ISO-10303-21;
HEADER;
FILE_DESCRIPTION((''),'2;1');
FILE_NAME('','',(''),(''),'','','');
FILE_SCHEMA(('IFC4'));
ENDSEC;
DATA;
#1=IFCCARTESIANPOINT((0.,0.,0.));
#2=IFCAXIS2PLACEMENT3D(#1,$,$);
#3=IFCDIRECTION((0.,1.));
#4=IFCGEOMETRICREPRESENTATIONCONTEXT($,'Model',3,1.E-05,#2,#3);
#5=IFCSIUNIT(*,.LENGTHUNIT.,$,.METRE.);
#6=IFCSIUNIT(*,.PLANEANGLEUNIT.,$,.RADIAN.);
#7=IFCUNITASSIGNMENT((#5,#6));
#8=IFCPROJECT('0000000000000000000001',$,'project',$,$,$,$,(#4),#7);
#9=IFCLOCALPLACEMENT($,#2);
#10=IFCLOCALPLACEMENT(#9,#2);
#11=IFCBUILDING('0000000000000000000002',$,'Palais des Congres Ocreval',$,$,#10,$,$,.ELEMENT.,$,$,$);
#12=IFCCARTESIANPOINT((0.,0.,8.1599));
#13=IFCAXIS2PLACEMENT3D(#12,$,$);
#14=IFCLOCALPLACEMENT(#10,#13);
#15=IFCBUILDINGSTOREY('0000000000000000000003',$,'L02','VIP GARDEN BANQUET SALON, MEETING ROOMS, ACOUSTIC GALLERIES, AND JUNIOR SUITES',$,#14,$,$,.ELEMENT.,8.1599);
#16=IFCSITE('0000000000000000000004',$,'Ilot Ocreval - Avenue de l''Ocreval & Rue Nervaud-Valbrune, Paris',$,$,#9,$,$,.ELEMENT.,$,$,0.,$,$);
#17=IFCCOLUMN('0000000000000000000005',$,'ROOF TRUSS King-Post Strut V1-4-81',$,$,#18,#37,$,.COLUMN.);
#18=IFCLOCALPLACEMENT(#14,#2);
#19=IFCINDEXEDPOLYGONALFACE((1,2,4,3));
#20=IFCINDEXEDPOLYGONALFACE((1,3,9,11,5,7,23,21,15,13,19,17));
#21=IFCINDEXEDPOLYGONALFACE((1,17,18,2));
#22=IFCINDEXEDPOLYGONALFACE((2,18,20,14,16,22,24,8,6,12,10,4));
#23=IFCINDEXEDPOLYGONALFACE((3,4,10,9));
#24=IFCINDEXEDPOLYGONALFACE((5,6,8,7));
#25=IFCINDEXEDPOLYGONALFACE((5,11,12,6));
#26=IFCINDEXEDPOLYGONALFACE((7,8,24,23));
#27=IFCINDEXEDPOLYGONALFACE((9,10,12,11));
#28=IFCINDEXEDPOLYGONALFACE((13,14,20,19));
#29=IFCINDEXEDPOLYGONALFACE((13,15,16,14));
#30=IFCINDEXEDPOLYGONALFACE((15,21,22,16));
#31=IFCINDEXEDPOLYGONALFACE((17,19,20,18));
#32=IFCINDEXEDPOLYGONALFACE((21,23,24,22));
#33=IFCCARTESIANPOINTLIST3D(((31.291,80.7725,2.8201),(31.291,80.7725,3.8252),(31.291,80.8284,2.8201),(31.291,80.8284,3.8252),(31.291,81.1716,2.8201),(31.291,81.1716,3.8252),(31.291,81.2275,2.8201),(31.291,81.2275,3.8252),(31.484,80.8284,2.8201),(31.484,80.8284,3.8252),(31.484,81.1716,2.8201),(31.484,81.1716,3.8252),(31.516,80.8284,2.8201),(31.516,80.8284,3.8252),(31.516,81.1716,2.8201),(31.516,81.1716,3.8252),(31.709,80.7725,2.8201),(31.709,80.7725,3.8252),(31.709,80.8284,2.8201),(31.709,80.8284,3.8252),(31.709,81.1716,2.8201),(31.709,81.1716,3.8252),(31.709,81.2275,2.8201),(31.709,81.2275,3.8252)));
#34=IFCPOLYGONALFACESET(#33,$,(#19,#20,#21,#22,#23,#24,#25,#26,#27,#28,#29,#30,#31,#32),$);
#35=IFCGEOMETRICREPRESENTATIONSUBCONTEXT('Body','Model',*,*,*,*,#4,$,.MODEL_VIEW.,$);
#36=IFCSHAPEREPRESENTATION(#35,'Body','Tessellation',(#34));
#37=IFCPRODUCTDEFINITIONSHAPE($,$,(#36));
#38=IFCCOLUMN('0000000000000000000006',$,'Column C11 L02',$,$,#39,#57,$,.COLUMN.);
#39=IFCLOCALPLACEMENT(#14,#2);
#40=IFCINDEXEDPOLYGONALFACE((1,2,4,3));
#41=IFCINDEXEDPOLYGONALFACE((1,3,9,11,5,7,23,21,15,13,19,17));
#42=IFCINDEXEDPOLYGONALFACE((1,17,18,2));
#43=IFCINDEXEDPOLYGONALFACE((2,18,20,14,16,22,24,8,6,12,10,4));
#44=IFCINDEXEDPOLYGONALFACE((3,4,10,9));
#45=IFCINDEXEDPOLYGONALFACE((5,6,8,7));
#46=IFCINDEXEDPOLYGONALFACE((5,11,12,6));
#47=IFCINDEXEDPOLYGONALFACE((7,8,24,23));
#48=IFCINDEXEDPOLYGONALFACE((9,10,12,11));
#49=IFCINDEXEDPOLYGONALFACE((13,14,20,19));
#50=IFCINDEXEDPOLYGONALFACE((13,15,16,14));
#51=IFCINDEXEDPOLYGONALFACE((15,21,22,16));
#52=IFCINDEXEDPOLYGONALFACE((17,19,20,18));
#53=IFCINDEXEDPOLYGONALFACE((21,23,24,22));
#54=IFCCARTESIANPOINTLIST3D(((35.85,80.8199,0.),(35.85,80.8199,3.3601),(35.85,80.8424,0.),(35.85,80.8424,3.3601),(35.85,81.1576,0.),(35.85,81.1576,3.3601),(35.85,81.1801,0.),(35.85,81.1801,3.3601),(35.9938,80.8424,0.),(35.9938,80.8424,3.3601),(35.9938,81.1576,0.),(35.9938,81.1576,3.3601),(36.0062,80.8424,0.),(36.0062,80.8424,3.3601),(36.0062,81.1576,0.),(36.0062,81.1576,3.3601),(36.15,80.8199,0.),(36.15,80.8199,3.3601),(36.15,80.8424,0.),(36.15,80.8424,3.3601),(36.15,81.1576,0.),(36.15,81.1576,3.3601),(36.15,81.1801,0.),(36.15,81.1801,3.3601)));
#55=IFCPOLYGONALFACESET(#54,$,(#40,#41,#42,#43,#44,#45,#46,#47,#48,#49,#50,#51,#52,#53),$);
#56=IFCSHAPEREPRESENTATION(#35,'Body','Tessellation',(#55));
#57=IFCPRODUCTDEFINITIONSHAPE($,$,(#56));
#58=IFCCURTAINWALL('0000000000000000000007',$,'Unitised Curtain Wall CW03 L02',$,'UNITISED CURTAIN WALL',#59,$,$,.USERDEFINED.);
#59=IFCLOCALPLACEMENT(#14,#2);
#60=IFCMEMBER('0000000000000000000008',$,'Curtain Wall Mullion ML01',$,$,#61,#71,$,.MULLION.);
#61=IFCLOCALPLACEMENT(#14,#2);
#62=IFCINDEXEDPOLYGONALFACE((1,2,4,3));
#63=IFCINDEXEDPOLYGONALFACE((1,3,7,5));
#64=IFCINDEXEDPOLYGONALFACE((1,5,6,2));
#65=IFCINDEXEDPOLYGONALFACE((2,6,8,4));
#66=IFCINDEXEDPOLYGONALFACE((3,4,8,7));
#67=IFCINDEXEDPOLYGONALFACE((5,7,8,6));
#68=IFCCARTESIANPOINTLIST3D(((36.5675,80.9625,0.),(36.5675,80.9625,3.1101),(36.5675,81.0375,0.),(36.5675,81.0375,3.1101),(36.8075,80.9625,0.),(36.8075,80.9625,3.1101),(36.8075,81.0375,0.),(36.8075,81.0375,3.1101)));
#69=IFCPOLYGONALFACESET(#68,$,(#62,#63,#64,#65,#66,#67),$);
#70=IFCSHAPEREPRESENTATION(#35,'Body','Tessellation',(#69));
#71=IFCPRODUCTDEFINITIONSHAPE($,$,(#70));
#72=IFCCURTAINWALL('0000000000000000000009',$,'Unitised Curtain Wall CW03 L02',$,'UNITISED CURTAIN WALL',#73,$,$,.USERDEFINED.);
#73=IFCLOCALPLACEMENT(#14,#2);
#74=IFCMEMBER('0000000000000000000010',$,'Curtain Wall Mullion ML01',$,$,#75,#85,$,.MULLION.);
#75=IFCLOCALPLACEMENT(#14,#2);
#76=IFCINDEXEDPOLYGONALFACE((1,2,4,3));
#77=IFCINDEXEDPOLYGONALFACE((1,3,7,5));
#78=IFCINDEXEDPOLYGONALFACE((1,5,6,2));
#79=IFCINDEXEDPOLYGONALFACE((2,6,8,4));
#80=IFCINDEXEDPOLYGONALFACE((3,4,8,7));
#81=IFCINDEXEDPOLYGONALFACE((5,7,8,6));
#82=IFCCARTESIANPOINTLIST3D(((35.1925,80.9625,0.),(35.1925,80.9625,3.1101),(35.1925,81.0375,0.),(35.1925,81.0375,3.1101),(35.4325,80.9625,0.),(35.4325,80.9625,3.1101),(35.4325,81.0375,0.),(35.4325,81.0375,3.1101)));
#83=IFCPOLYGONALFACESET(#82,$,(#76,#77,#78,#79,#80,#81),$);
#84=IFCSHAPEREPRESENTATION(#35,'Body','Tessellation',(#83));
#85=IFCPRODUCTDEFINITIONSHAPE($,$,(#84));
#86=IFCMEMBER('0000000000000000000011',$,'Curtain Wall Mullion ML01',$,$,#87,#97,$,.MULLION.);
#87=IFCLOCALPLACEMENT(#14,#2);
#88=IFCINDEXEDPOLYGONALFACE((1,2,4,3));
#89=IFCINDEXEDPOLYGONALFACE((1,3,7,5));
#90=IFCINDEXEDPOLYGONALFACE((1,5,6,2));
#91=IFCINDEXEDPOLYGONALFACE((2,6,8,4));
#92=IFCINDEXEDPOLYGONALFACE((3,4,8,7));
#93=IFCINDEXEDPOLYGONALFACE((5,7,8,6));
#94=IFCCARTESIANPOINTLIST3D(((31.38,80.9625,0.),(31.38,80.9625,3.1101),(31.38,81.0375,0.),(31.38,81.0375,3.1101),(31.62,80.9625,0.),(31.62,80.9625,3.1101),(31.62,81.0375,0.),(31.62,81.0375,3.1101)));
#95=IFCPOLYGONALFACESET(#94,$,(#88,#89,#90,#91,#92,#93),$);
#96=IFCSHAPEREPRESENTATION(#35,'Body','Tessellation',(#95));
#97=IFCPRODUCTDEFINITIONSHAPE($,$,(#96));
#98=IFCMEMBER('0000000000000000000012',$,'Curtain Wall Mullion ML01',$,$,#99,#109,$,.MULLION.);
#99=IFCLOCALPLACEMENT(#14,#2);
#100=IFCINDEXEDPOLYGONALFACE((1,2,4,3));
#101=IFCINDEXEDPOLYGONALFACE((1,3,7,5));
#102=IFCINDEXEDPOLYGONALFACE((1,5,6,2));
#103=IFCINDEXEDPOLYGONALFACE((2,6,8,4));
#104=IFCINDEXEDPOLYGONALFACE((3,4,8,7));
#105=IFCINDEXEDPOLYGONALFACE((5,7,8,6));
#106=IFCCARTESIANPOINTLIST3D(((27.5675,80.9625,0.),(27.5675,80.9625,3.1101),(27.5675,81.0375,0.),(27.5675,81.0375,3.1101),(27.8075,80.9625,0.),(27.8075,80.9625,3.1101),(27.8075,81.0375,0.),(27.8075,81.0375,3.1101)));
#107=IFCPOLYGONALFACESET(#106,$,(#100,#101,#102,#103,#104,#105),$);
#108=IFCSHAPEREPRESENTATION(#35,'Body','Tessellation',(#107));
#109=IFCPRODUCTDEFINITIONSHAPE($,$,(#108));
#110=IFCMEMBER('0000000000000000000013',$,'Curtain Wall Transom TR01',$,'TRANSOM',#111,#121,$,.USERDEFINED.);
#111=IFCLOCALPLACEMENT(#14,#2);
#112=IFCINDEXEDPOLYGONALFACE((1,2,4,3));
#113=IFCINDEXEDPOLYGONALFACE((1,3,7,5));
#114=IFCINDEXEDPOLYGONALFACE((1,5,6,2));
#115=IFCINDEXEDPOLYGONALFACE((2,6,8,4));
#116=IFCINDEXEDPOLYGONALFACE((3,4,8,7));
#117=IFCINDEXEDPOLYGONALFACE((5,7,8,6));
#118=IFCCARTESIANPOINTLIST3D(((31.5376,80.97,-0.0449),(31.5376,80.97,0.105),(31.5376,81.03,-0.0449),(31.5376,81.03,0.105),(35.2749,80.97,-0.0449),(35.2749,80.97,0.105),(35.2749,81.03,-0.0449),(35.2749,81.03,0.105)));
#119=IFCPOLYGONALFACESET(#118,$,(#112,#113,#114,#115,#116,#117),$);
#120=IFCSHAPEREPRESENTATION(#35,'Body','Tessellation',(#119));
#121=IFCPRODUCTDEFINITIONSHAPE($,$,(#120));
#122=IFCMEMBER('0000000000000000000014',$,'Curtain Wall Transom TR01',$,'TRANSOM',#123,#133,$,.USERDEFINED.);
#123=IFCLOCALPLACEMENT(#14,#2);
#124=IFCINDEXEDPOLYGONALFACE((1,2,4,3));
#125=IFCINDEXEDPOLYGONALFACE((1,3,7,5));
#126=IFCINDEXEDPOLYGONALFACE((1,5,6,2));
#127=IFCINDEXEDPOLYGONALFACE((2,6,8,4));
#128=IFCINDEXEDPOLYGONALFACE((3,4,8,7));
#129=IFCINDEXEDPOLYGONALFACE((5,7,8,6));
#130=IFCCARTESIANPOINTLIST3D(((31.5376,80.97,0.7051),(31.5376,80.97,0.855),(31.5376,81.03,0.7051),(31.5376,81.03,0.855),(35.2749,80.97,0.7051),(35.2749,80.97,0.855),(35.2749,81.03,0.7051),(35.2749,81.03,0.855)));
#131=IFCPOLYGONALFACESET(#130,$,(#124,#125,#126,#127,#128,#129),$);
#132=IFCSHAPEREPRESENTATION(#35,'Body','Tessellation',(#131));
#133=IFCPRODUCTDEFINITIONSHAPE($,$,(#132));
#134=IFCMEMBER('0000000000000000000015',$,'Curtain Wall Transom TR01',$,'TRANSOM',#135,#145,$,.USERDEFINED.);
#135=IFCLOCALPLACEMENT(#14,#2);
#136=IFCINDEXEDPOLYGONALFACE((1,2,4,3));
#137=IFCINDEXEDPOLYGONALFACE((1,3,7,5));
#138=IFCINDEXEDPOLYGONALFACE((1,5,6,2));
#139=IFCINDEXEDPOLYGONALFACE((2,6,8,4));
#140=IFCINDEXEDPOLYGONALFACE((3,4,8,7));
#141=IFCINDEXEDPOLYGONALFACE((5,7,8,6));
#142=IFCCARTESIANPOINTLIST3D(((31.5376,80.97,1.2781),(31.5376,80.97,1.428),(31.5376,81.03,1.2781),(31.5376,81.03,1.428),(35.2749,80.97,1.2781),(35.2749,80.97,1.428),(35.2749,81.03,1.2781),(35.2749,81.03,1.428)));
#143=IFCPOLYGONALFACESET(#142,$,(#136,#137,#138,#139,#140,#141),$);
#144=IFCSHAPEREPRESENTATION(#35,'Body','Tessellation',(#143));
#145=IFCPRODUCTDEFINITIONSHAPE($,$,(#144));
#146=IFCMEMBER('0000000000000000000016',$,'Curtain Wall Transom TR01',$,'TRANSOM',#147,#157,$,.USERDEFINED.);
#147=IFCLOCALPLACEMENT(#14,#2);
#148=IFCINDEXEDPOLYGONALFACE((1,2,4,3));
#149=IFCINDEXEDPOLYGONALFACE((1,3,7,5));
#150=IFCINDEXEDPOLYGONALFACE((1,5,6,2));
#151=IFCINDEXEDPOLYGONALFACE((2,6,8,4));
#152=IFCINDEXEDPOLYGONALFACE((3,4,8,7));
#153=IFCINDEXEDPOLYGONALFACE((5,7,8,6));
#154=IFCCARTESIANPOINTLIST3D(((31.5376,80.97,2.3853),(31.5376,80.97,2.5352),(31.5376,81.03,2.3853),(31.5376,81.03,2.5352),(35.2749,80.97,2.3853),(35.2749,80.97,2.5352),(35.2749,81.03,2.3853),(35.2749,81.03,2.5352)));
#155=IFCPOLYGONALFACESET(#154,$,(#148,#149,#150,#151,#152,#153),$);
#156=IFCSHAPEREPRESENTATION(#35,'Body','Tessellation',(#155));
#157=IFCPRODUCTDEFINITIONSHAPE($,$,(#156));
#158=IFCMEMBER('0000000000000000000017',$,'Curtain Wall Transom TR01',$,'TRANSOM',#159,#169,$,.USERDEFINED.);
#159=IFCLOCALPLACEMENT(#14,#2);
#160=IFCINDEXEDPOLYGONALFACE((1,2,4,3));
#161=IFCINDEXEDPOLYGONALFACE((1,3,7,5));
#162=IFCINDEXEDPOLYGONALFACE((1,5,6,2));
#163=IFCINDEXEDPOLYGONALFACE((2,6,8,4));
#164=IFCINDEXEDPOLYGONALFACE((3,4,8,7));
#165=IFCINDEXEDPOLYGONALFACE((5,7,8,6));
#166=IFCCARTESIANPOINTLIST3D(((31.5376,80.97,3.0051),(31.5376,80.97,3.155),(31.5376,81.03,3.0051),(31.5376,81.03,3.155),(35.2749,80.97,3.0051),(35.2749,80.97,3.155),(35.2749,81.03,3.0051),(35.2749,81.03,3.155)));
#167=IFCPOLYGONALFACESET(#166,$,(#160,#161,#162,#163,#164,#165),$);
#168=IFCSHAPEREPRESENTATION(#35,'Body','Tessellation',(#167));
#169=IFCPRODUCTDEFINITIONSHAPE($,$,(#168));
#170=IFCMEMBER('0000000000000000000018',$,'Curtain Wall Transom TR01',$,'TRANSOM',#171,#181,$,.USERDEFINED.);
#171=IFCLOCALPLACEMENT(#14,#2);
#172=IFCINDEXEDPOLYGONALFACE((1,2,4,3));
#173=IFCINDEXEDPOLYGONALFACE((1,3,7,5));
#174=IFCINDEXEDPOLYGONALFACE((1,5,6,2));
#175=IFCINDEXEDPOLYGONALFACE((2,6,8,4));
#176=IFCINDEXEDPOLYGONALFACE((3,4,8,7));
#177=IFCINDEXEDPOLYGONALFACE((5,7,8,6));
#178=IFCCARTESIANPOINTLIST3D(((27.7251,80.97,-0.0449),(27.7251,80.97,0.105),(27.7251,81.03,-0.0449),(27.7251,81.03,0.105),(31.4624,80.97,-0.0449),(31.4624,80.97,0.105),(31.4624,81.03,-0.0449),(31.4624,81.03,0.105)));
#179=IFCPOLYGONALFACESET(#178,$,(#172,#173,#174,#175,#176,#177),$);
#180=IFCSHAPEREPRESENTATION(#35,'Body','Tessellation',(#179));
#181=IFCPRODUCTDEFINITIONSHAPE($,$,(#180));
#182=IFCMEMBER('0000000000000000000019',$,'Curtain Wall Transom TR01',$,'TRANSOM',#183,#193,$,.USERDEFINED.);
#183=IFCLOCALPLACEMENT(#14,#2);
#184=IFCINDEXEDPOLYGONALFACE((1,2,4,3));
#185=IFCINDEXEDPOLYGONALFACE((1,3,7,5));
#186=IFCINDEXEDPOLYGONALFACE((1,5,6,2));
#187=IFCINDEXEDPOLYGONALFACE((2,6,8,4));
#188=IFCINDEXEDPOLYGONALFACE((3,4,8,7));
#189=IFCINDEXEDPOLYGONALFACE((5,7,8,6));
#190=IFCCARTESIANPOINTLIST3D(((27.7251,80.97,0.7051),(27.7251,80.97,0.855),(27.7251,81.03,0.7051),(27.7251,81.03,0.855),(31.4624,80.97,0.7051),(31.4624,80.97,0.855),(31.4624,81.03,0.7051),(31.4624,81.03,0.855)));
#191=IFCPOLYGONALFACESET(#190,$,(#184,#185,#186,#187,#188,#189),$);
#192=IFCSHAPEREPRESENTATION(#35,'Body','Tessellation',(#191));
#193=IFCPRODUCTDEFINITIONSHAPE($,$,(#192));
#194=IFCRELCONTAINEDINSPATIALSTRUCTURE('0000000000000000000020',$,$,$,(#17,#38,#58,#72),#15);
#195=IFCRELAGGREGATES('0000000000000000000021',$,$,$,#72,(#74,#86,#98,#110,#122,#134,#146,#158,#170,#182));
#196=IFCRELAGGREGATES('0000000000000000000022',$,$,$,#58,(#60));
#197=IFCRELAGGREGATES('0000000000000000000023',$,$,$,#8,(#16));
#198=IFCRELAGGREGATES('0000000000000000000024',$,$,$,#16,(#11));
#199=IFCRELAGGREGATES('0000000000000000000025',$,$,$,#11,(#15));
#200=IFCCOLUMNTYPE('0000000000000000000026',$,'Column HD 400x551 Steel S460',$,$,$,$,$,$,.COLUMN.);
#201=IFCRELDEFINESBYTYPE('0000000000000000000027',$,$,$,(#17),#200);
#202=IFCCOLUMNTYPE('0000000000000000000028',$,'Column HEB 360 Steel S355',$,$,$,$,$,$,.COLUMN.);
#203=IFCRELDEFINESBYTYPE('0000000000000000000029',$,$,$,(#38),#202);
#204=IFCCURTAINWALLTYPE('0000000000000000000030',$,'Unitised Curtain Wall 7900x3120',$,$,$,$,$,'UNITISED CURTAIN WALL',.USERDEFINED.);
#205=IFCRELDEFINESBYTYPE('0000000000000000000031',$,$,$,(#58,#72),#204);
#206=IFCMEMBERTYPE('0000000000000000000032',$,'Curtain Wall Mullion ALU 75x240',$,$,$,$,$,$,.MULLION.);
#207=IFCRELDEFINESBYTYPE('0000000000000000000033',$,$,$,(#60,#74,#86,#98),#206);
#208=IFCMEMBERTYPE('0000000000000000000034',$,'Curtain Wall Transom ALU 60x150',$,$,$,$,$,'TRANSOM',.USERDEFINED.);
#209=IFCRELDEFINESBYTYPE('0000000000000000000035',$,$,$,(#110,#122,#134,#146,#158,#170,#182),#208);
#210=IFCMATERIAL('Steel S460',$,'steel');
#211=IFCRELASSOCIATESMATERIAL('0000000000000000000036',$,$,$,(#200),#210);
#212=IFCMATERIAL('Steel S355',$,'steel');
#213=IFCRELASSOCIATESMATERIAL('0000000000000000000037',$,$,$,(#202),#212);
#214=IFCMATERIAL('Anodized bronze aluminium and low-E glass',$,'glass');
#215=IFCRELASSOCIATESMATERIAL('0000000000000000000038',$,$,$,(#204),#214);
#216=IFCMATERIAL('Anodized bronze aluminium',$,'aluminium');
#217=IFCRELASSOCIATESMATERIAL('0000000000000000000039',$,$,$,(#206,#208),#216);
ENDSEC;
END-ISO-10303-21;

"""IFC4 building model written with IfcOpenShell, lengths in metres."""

from ifc_helpers import new_model, si_unit, direction, frame, origin, origin_2d, place, context, subcontext, project, spatial, rectangle, i_section, extrude, material, material_profile, profile_set, type_object, element, aggregate, save


model = new_model("IFC4")

# Units and contexts
model_context = context("Model", 3, precision=1e-05, world=origin(), true_north=direction((0.0, 1.0)))
body_context = subcontext(model_context, "Body", "Model", "MODEL_VIEW")
ifc_project = project(units=[si_unit("LENGTHUNIT", "METRE"), si_unit("PLANEANGLEUNIT", "RADIAN")], contexts=[model_context])

# Site, building, storey
site_placement = place(None, origin())
site = spatial("IfcSite", under=ifc_project, at=site_placement, Name="Ilot Ocreval - Avenue de l'Ocreval & Rue Nervaud-Valbrune, Paris", CompositionType="ELEMENT", RefElevation=0.0)
building_placement = place(site_placement, origin())
building = spatial("IfcBuilding", under=site, at=building_placement, Name="Palais des Congres Ocreval", CompositionType="ELEMENT")
storey_placement = place(building_placement, frame((0.0, 0.0, 8.1599)))
storey = spatial("IfcBuildingStorey", under=building, at=storey_placement, Name="L02", Description="VIP GARDEN BANQUET SALON, MEETING ROOMS, ACOUSTIC GALLERIES, AND JUNIOR SUITES", CompositionType="ELEMENT", Elevation=8.1599)

# Columns
ifc_material_1 = material(Name="Steel S460", Category="steel")
ifc_material_profile_1 = material_profile(ifc_material_1, i_section(OverallWidth=0.418, OverallDepth=0.4551, WebThickness=0.032, FlangeThickness=0.0559, at=origin_2d()), Name="HD 400x551")
ifc_profile_set_1 = profile_set([ifc_material_profile_1], Name="Steel S460")
column_type_1 = type_object("IfcColumnType", Name="Column HD 400x551 Steel S460", PredefinedType="COLUMN", material=ifc_profile_set_1)
column_1_placement = place(storey_placement, frame((31.5, 81.0, 2.8201), z_axis=(0.0, 0.0, 1.0), x_axis=(1.0, 0.0, 0.0)))
element("IfcColumn", 1, at=column_1_placement, inside=storey, type_object=column_type_1, Name="ROOF TRUSS King-Post Strut V1-4-81", PredefinedType="COLUMN", context=body_context, shape_type="SweptSolid", body=[
    extrude(i_section(OverallWidth=0.418, OverallDepth=0.4551, WebThickness=0.032, FlangeThickness=0.0559, at=origin_2d()), origin(), (0.0, 0.0, 1.0), 1.0051),
])
ifc_material_2 = material(Name="Steel S355", Category="steel")
ifc_material_profile_2 = material_profile(ifc_material_2, i_section(OverallWidth=0.3, OverallDepth=0.3601, WebThickness=0.0125, FlangeThickness=0.0225, at=origin_2d()), Name="HEB 360")
ifc_profile_set_2 = profile_set([ifc_material_profile_2], Name="Steel S355")
column_type_2 = type_object("IfcColumnType", Name="Column HEB 360 Steel S355", PredefinedType="COLUMN", material=ifc_profile_set_2)
column_2_placement = place(storey_placement, frame((36.0, 81.0, 0.0), z_axis=(0.0, 0.0, 1.0), x_axis=(1.0, 0.0, 0.0)))
element("IfcColumn", 2, at=column_2_placement, inside=storey, type_object=column_type_2, Name="Column C11 L02", PredefinedType="COLUMN", context=body_context, shape_type="SweptSolid", body=[
    extrude(i_section(OverallWidth=0.3, OverallDepth=0.3601, WebThickness=0.0125, FlangeThickness=0.0225, at=origin_2d()), origin(), (0.0, 0.0, 1.0), 3.3601),
])

# Curtain wall, member
ifc_material_3 = material(Name="Anodized bronze aluminium and low-E glass", Category="glass")
curtain_wall_type = type_object("IfcCurtainWallType", Name="Unitised Curtain Wall 7900x3120", ElementType="UNITISED CURTAIN WALL", PredefinedType="USERDEFINED", material=ifc_material_3)
curtain_wall_1_placement = place(storey_placement, origin())
curtain_wall_1 = element("IfcCurtainWall", 3, at=curtain_wall_1_placement, inside=storey, type_object=curtain_wall_type, Name="Unitised Curtain Wall CW03 L02", ObjectType="UNITISED CURTAIN WALL", PredefinedType="USERDEFINED")
ifc_material_4 = material(Name="Anodized bronze aluminium", Category="aluminium")
ifc_material_profile_3 = material_profile(ifc_material_4, rectangle(XDim=0.075, YDim=0.24, at=origin_2d()), Name="ALU 75x240")
ifc_profile_set_3 = profile_set([ifc_material_profile_3], Name="Anodized bronze aluminium")
member_type_1 = type_object("IfcMemberType", Name="Curtain Wall Mullion ALU 75x240", PredefinedType="MULLION", material=ifc_profile_set_3)
member_1_placement = place(storey_placement, frame((36.6875, 81.0, 0.0), z_axis=(0.0, 0.0, 1.0), x_axis=(0.0, -1.0, 0.0)))
member_1 = element("IfcMember", 4, at=member_1_placement, type_object=member_type_1, Name="Curtain Wall Mullion ML01", PredefinedType="MULLION", context=body_context, shape_type="SweptSolid", body=[
    extrude(rectangle(XDim=0.075, YDim=0.24, at=origin_2d()), origin(), (0.0, 0.0, 1.0), 3.1101),
])

# Curtain wall, members
curtain_wall_2_placement = place(storey_placement, origin())
curtain_wall_2 = element("IfcCurtainWall", 5, at=curtain_wall_2_placement, inside=storey, type_object=curtain_wall_type, Name="Unitised Curtain Wall CW03 L02", ObjectType="UNITISED CURTAIN WALL", PredefinedType="USERDEFINED")
member_2_placement = place(storey_placement, frame((35.3125, 81.0, 0.0), z_axis=(0.0, 0.0, 1.0), x_axis=(0.0, -1.0, 0.0)))
member_2 = element("IfcMember", 6, at=member_2_placement, type_object=member_type_1, Name="Curtain Wall Mullion ML01", PredefinedType="MULLION", context=body_context, shape_type="SweptSolid", body=[
    extrude(rectangle(XDim=0.075, YDim=0.24, at=origin_2d()), origin(), (0.0, 0.0, 1.0), 3.1101),
])
member_3_placement = place(storey_placement, frame((31.5, 81.0, 0.0), z_axis=(0.0, 0.0, 1.0), x_axis=(0.0, -1.0, 0.0)))
member_3 = element("IfcMember", 7, at=member_3_placement, type_object=member_type_1, Name="Curtain Wall Mullion ML01", PredefinedType="MULLION", context=body_context, shape_type="SweptSolid", body=[
    extrude(rectangle(XDim=0.075, YDim=0.24, at=origin_2d()), origin(), (0.0, 0.0, 1.0), 3.1101),
])
member_4_placement = place(storey_placement, frame((27.6875, 81.0, 0.0), z_axis=(0.0, 0.0, 1.0), x_axis=(0.0, -1.0, 0.0)))
member_4 = element("IfcMember", 8, at=member_4_placement, type_object=member_type_1, Name="Curtain Wall Mullion ML01", PredefinedType="MULLION", context=body_context, shape_type="SweptSolid", body=[
    extrude(rectangle(XDim=0.075, YDim=0.24, at=origin_2d()), origin(), (0.0, 0.0, 1.0), 3.1101),
])
ifc_material_profile_4 = material_profile(ifc_material_4, rectangle(XDim=0.0601, YDim=0.1499, at=origin_2d()), Name="ALU 60x150")
ifc_profile_set_4 = profile_set([ifc_material_profile_4], Name="Anodized bronze aluminium")
member_type_2 = type_object("IfcMemberType", Name="Curtain Wall Transom ALU 60x150", ElementType="TRANSOM", PredefinedType="USERDEFINED", material=ifc_profile_set_4)
member_5_placement = place(storey_placement, frame((35.2749, 81.0, 0.03), z_axis=(-1.0, 0.0, 0.0), x_axis=(0.0, -1.0, 0.0)))
member_5 = element("IfcMember", 9, at=member_5_placement, type_object=member_type_2, Name="Curtain Wall Transom TR01", ObjectType="TRANSOM", PredefinedType="USERDEFINED", context=body_context, shape_type="SweptSolid", body=[
    extrude(rectangle(XDim=0.0601, YDim=0.1499, at=origin_2d()), origin(), (0.0, 0.0, 1.0), 3.7373),
])
member_6_placement = place(storey_placement, frame((35.2749, 81.0, 0.78), z_axis=(-1.0, 0.0, 0.0), x_axis=(0.0, -1.0, 0.0)))
member_6 = element("IfcMember", 10, at=member_6_placement, type_object=member_type_2, Name="Curtain Wall Transom TR01", ObjectType="TRANSOM", PredefinedType="USERDEFINED", context=body_context, shape_type="SweptSolid", body=[
    extrude(rectangle(XDim=0.0601, YDim=0.1499, at=origin_2d()), origin(), (0.0, 0.0, 1.0), 3.7373),
])
member_7_placement = place(storey_placement, frame((35.2749, 81.0, 1.353), z_axis=(-1.0, 0.0, 0.0), x_axis=(0.0, -1.0, 0.0)))
member_7 = element("IfcMember", 11, at=member_7_placement, type_object=member_type_2, Name="Curtain Wall Transom TR01", ObjectType="TRANSOM", PredefinedType="USERDEFINED", context=body_context, shape_type="SweptSolid", body=[
    extrude(rectangle(XDim=0.0601, YDim=0.1499, at=origin_2d()), origin(), (0.0, 0.0, 1.0), 3.7373),
])
member_8_placement = place(storey_placement, frame((35.2749, 81.0, 2.4602), z_axis=(-1.0, 0.0, 0.0), x_axis=(0.0, -1.0, 0.0)))
member_8 = element("IfcMember", 12, at=member_8_placement, type_object=member_type_2, Name="Curtain Wall Transom TR01", ObjectType="TRANSOM", PredefinedType="USERDEFINED", context=body_context, shape_type="SweptSolid", body=[
    extrude(rectangle(XDim=0.0601, YDim=0.1499, at=origin_2d()), origin(), (0.0, 0.0, 1.0), 3.7373),
])
member_9_placement = place(storey_placement, frame((35.2749, 81.0, 3.0801), z_axis=(-1.0, 0.0, 0.0), x_axis=(0.0, -1.0, 0.0)))
member_9 = element("IfcMember", 13, at=member_9_placement, type_object=member_type_2, Name="Curtain Wall Transom TR01", ObjectType="TRANSOM", PredefinedType="USERDEFINED", context=body_context, shape_type="SweptSolid", body=[
    extrude(rectangle(XDim=0.0601, YDim=0.1499, at=origin_2d()), origin(), (0.0, 0.0, 1.0), 3.7373),
])
member_10_placement = place(storey_placement, frame((31.4624, 81.0, 0.03), z_axis=(-1.0, 0.0, 0.0), x_axis=(0.0, -1.0, 0.0)))
member_10 = element("IfcMember", 14, at=member_10_placement, type_object=member_type_2, Name="Curtain Wall Transom TR01", ObjectType="TRANSOM", PredefinedType="USERDEFINED", context=body_context, shape_type="SweptSolid", body=[
    extrude(rectangle(XDim=0.0601, YDim=0.1499, at=origin_2d()), origin(), (0.0, 0.0, 1.0), 3.7373),
])
member_11_placement = place(storey_placement, frame((31.4624, 81.0, 0.78), z_axis=(-1.0, 0.0, 0.0), x_axis=(0.0, -1.0, 0.0)))
member_11 = element("IfcMember", 15, at=member_11_placement, type_object=member_type_2, Name="Curtain Wall Transom TR01", ObjectType="TRANSOM", PredefinedType="USERDEFINED", context=body_context, shape_type="SweptSolid", body=[
    extrude(rectangle(XDim=0.0601, YDim=0.1499, at=origin_2d()), origin(), (0.0, 0.0, 1.0), 3.7373),
])

aggregate(curtain_wall_2, [member_2, member_3, member_4, member_5, member_6, member_7, member_8, member_9, member_10, member_11])
aggregate(curtain_wall_1, [member_1])

save(model, "model.ifc")
